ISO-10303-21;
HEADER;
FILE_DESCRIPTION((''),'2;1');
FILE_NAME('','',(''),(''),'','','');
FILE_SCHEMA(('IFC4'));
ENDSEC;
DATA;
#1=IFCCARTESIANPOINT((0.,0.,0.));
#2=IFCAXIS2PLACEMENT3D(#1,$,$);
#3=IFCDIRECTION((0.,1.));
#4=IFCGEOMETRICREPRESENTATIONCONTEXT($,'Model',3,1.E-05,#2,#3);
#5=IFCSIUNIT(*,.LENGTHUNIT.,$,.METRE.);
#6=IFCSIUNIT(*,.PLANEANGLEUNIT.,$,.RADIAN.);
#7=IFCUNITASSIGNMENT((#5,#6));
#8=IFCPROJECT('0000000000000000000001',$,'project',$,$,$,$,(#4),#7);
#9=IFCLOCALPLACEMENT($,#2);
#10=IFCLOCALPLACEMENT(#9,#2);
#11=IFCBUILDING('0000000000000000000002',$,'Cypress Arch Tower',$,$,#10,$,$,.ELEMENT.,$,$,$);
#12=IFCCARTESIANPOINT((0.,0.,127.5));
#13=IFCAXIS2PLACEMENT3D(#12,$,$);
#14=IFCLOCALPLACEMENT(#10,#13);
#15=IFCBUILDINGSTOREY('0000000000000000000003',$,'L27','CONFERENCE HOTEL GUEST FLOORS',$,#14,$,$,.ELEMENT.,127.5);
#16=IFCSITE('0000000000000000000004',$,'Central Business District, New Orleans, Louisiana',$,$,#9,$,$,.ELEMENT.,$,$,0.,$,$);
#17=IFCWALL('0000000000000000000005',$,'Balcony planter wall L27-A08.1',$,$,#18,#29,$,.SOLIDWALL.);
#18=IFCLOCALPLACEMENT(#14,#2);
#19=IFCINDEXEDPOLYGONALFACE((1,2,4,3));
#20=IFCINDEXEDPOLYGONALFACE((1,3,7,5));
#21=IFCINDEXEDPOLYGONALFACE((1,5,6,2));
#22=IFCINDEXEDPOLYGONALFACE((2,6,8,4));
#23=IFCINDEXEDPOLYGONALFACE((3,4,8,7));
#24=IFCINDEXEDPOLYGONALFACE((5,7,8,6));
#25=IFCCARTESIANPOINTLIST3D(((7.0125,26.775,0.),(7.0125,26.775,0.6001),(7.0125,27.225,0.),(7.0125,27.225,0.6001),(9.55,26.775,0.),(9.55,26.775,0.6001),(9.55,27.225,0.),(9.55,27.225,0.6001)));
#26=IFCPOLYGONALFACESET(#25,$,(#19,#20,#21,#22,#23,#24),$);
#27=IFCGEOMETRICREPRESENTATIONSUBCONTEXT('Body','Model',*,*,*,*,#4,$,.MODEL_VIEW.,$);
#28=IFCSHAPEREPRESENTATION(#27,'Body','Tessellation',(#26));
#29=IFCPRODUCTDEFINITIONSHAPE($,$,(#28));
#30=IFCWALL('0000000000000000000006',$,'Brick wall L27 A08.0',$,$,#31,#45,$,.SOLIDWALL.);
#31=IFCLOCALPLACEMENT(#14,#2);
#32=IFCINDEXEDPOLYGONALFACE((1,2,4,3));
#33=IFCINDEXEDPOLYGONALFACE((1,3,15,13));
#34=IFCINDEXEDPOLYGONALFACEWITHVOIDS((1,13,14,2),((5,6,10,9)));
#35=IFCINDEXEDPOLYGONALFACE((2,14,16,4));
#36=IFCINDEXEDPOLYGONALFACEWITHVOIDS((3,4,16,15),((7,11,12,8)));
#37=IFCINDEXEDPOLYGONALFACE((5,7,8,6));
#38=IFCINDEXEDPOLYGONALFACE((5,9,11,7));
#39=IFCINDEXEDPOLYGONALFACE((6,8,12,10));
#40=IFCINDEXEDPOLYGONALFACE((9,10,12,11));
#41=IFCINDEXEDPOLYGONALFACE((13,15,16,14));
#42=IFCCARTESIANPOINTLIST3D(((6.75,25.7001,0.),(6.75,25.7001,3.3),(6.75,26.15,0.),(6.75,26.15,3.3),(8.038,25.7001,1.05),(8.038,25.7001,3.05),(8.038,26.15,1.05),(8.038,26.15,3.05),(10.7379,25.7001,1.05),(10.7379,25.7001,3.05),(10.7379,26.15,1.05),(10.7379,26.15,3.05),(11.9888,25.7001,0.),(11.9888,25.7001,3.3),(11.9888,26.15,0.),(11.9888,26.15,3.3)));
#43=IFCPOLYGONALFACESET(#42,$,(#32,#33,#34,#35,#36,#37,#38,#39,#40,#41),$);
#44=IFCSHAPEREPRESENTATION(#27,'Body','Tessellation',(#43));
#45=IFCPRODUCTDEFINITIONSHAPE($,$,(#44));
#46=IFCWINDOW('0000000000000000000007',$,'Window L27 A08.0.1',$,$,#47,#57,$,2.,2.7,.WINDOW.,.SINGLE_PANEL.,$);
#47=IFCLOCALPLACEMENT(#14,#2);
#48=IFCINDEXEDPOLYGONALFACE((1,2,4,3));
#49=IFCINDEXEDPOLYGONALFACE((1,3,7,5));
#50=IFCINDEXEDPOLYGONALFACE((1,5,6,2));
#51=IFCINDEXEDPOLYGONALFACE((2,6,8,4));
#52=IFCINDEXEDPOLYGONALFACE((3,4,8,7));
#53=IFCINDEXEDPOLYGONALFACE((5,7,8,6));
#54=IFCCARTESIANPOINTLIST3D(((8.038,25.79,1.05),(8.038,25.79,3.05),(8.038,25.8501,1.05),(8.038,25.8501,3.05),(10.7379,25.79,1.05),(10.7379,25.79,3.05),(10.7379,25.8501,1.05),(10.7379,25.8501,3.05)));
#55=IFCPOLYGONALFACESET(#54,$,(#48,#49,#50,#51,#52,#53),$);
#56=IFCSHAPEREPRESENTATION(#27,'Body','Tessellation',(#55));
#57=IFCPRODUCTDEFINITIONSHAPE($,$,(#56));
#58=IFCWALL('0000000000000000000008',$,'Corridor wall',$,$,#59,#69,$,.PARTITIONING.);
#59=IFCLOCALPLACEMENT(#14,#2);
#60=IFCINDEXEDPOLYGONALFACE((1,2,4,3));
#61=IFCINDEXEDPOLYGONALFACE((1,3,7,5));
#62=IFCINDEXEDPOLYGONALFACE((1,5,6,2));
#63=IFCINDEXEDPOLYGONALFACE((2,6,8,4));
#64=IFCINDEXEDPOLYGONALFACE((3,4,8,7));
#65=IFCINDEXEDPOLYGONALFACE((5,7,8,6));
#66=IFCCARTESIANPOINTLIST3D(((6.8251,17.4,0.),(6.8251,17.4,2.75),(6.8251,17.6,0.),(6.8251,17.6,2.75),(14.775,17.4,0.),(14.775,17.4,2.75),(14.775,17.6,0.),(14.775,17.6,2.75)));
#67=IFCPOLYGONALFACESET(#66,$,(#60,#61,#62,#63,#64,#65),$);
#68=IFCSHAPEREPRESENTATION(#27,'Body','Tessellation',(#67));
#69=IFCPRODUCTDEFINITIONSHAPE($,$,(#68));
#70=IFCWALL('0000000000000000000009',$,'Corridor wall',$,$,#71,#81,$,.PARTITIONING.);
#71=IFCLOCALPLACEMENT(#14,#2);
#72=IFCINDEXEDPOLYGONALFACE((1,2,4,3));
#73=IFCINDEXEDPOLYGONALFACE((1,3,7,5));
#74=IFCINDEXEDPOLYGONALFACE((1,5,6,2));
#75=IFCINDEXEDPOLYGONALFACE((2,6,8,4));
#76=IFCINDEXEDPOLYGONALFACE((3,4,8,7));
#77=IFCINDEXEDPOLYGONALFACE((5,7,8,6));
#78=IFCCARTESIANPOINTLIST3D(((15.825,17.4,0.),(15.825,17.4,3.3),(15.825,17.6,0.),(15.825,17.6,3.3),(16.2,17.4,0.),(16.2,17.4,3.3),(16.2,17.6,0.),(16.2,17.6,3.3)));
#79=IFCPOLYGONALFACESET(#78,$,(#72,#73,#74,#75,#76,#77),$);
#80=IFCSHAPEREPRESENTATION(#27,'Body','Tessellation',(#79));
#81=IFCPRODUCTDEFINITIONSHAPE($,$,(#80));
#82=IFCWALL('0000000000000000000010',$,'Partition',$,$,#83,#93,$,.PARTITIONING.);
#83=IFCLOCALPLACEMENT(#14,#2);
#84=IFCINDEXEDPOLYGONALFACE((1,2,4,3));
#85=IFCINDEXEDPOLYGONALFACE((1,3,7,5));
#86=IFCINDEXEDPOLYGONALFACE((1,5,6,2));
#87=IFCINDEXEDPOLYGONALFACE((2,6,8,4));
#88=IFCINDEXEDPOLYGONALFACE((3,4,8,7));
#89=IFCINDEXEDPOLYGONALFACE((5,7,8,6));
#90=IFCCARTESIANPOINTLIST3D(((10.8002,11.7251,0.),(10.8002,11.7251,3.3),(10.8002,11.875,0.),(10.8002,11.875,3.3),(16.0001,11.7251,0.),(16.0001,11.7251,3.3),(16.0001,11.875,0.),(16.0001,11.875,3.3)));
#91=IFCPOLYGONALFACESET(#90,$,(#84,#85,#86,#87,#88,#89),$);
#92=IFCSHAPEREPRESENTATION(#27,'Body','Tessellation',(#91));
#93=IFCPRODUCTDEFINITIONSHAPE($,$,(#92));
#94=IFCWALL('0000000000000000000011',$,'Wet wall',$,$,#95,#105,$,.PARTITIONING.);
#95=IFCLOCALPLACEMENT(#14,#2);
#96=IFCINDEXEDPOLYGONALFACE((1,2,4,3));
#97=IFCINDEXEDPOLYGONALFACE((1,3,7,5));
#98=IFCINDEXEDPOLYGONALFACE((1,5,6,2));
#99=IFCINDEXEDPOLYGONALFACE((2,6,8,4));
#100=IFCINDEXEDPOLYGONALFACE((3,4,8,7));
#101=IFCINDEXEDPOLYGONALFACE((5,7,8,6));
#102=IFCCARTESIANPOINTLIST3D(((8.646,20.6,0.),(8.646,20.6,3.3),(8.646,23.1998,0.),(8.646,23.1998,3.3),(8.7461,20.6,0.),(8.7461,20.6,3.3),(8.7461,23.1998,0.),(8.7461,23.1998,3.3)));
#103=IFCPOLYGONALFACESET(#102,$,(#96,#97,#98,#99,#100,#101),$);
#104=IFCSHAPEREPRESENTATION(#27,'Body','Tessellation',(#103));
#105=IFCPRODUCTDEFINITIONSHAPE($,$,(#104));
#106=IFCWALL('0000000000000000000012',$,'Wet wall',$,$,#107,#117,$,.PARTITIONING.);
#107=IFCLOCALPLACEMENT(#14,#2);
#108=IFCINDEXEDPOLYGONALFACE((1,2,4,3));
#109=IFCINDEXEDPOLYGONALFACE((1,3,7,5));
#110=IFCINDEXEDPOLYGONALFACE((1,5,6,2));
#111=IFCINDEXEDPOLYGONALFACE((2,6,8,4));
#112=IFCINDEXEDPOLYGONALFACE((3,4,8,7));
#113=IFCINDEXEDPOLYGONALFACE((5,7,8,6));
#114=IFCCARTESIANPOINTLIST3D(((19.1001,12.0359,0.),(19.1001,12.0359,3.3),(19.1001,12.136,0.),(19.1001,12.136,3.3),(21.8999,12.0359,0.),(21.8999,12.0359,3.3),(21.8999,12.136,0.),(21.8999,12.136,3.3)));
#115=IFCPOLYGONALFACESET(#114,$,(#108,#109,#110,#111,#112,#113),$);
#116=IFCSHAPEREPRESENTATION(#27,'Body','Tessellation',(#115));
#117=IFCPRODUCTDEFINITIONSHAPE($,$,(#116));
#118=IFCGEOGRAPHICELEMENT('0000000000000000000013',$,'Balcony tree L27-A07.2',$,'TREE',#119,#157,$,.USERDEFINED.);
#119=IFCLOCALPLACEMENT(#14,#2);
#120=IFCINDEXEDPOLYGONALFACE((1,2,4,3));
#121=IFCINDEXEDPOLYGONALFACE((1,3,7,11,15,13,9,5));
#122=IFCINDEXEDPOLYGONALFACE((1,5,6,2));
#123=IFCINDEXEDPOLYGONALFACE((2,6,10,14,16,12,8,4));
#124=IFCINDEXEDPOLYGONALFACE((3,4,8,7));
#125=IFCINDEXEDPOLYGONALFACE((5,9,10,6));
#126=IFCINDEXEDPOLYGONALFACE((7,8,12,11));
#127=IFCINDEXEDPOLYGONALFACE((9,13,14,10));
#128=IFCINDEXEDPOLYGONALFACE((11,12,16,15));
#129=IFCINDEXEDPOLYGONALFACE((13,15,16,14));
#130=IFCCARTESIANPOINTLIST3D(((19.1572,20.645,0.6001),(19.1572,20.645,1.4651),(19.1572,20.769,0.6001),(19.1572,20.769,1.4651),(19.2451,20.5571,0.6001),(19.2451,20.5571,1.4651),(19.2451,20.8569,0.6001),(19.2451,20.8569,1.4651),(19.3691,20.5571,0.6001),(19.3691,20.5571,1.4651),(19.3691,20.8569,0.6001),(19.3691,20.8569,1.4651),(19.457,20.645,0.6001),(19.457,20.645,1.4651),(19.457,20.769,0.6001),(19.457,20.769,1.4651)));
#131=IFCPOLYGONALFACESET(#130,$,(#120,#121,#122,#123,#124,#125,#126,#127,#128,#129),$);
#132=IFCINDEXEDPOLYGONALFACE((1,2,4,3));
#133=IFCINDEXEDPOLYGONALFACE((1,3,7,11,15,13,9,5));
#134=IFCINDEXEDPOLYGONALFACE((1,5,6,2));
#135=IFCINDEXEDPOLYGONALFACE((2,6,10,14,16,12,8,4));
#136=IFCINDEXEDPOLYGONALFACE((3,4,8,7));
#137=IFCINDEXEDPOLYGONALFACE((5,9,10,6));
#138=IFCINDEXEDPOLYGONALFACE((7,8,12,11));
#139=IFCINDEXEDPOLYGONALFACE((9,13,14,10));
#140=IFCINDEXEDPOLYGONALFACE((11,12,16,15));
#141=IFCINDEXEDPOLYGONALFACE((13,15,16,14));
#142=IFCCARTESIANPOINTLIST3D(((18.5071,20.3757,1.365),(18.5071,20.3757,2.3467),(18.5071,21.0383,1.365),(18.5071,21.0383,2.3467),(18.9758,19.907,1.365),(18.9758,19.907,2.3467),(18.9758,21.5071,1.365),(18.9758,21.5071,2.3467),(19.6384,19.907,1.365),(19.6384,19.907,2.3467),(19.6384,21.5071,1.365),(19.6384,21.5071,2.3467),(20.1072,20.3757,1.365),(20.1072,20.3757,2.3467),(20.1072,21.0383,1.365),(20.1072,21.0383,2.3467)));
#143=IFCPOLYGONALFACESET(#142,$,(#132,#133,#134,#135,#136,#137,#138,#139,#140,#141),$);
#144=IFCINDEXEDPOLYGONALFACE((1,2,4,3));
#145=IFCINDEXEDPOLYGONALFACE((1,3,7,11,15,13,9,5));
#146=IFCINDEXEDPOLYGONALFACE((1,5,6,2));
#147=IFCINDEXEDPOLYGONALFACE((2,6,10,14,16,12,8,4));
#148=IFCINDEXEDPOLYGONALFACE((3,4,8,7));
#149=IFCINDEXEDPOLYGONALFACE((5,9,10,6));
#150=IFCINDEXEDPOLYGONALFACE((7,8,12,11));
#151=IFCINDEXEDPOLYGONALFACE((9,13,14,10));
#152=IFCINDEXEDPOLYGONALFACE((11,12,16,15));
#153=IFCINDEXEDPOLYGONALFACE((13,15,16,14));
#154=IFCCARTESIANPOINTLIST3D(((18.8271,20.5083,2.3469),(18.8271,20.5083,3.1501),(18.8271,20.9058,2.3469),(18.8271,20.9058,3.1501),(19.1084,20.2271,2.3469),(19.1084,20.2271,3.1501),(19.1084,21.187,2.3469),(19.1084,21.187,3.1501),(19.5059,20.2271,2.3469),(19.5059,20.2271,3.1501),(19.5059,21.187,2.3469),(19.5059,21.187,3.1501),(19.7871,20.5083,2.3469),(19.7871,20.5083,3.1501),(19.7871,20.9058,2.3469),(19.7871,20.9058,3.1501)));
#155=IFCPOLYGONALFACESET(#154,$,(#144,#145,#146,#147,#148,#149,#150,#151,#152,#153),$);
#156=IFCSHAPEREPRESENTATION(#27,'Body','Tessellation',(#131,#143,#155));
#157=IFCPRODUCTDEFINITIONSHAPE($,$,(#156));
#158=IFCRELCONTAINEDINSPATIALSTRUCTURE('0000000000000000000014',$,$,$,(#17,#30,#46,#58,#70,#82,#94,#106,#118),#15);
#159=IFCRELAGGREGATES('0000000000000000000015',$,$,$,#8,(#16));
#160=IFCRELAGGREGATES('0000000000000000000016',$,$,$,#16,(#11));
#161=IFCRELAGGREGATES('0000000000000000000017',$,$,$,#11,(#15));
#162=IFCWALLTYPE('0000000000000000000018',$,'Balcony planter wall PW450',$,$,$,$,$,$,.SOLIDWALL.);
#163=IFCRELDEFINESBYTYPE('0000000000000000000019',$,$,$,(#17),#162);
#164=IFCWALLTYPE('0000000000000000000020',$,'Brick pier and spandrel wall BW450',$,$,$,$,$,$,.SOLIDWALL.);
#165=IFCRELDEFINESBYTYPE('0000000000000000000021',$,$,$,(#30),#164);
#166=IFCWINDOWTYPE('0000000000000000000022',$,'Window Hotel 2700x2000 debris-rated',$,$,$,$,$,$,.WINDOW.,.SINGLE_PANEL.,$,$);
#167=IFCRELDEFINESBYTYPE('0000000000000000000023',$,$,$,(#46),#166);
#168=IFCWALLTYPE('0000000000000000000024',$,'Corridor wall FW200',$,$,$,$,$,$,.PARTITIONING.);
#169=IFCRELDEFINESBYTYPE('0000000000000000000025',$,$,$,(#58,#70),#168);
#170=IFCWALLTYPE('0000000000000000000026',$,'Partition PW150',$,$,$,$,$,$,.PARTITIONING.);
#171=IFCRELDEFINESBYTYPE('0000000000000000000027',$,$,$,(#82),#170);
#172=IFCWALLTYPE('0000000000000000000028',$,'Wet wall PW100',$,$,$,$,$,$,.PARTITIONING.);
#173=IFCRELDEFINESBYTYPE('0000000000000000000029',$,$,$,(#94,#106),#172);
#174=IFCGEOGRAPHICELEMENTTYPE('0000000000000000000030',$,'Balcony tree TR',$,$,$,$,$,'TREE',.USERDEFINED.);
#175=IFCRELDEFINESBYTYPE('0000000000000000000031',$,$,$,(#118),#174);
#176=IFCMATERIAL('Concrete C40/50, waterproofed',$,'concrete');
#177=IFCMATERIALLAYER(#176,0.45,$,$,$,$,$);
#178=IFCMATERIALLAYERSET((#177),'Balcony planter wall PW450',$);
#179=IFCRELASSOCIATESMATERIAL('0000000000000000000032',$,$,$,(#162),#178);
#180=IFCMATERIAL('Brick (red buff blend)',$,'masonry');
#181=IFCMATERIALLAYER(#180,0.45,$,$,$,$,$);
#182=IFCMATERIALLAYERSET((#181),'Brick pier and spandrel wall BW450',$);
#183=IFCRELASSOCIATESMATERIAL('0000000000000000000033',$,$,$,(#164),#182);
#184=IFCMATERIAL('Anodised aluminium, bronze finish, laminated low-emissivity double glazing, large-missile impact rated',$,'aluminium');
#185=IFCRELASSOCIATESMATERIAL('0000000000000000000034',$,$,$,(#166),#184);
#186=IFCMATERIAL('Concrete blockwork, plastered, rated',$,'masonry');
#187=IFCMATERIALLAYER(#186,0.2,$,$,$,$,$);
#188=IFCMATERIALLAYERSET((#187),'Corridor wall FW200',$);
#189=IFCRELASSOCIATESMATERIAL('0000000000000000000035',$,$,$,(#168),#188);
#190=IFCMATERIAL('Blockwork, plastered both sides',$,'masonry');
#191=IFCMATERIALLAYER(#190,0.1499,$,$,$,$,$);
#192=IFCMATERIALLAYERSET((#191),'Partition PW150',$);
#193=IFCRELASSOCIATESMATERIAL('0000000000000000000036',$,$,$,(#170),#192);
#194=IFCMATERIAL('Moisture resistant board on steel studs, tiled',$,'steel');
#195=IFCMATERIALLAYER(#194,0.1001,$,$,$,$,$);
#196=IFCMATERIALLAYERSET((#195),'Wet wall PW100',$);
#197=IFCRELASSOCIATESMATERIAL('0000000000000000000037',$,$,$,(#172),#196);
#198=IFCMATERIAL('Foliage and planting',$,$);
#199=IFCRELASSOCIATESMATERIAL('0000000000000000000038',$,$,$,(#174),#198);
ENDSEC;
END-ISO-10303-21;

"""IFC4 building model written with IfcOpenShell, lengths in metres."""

from ifc_helpers import new_model, si_unit, direction, frame, frame_2d, origin, place, context, subcontext, project, spatial, polyline, rectangle, outline, extrude, material, layer, layer_set, type_object, element, fill, save


model = new_model("IFC4")

# Units and contexts
model_context = context("Model", 3, precision=1e-05, world=origin(), true_north=direction((0.0, 1.0)))
body_context = subcontext(model_context, "Body", "Model", "MODEL_VIEW")
ifc_project = project(units=[si_unit("LENGTHUNIT", "METRE"), si_unit("PLANEANGLEUNIT", "RADIAN")], contexts=[model_context])

# Site, building, storey
site_placement = place(None, origin())
site = spatial("IfcSite", under=ifc_project, at=site_placement, Name="Central Business District, New Orleans, Louisiana", CompositionType="ELEMENT", RefElevation=0.0)
building_placement = place(site_placement, origin())
building = spatial("IfcBuilding", under=site, at=building_placement, Name="Cypress Arch Tower", CompositionType="ELEMENT")
storey_placement = place(building_placement, frame((0.0, 0.0, 127.5)))
storey = spatial("IfcBuildingStorey", under=building, at=storey_placement, Name="L27", Description="CONFERENCE HOTEL GUEST FLOORS", CompositionType="ELEMENT", Elevation=127.5)

# Wall
ifc_material_1 = material(Name="Concrete C40/50, waterproofed", Category="concrete")
ifc_layer_1 = layer(ifc_material_1, 0.45)
ifc_layer_set_1 = layer_set([ifc_layer_1], Name="Balcony planter wall PW450")
wall_type_1 = type_object("IfcWallType", Name="Balcony planter wall PW450", PredefinedType="SOLIDWALL", material=ifc_layer_set_1)
wall_1_placement = place(storey_placement, frame((9.55, 27.0, 0.0), z_axis=(0.0, 0.0, 1.0), x_axis=(-1.0, 0.0, 0.0)))
element("IfcWall", 1, at=wall_1_placement, inside=storey, type_object=wall_type_1, Name="Balcony planter wall L27-A08.1", PredefinedType="SOLIDWALL", context=body_context, shape_type="SweptSolid", body=[
    extrude(rectangle(XDim=2.5376, YDim=0.45, at=frame_2d((1.2688, 0.0))), origin(), (0.0, 0.0, 1.0), 0.6001),
])

# Shared definitions
ifc_material_2 = material(Name="Brick (red buff blend)", Category="masonry")
ifc_layer_2 = layer(ifc_material_2, 0.45)
ifc_layer_set_2 = layer_set([ifc_layer_2], Name="Brick pier and spandrel wall BW450")
wall_type_2 = type_object("IfcWallType", Name="Brick pier and spandrel wall BW450", PredefinedType="SOLIDWALL", material=ifc_layer_set_2)
ifc_material_3 = material(Name="Anodised aluminium, bronze finish, laminated low-emissivity double glazing, large-missile impact rated", Category="aluminium")
window_type = type_object("IfcWindowType", Name="Window Hotel 2700x2000 debris-rated", PartitioningType="SINGLE_PANEL", PredefinedType="WINDOW", material=ifc_material_3)

# Wall, opening, window
wall_2_placement = place(storey_placement, frame((11.9888, 25.925, 0.0), z_axis=(0.0, 0.0, 1.0), x_axis=(-1.0, 0.0, 0.0)))
wall_2 = element("IfcWall", 2, at=wall_2_placement, inside=storey, type_object=wall_type_2, Name="Brick wall L27 A08.0", PredefinedType="SOLIDWALL", context=body_context, shape_type="SweptSolid", body=[
    extrude(rectangle(XDim=5.2388, YDim=0.45, at=frame_2d((2.6194, 0.0))), origin(), (0.0, 0.0, 1.0), 3.3),
])
opening_1_placement = place(wall_2_placement, frame((1.2507, 0.0, 1.05)))
opening_1 = element("IfcOpeningElement", 3, at=opening_1_placement, cuts=wall_2, PredefinedType="OPENING", context=body_context, shape_type="SweptSolid", body=[
    extrude(rectangle(XDim=2.7, YDim=2.0, at=frame_2d((1.3501, 1.0))), frame((0.0, 0.2349, 0.0), z_axis=(0.0, -1.0, 0.0), x_axis=(1.0, 0.0, 0.0)), (0.0, 0.0, 1.0), 0.47),
])
window_1_placement = place(opening_1_placement, origin())
window_1 = element("IfcWindow", 4, at=window_1_placement, inside=storey, type_object=window_type, Name="Window L27 A08.0.1", OverallHeight=2.0, OverallWidth=2.7, PartitioningType="SINGLE_PANEL", PredefinedType="WINDOW", context=body_context, shape_type="SweptSolid", body=[
    extrude(rectangle(XDim=2.7, YDim=2.0, at=frame_2d((1.3501, 1.0))), frame((0.0, 0.135, 0.0), z_axis=(0.0, -1.0, 0.0), x_axis=(1.0, 0.0, 0.0)), (0.0, 0.0, 1.0), 0.0601),
])
fill(opening_1, window_1)

# Walls
ifc_material_4 = material(Name="Concrete blockwork, plastered, rated", Category="masonry")
ifc_layer_3 = layer(ifc_material_4, 0.2)
ifc_layer_set_3 = layer_set([ifc_layer_3], Name="Corridor wall FW200")
wall_type_3 = type_object("IfcWallType", Name="Corridor wall FW200", PredefinedType="PARTITIONING", material=ifc_layer_set_3)
wall_3_placement = place(storey_placement, frame((6.825, 17.5, 0.0), z_axis=(0.0, 0.0, 1.0), x_axis=(1.0, 0.0, 0.0)))
element("IfcWall", 5, at=wall_3_placement, inside=storey, type_object=wall_type_3, Name="Corridor wall", PredefinedType="PARTITIONING", context=body_context, shape_type="SweptSolid", body=[
    extrude(rectangle(XDim=7.95, YDim=0.2, at=frame_2d((3.9751, 0.0))), origin(), (0.0, 0.0, 1.0), 2.75),
])
wall_4_placement = place(storey_placement, frame((15.825, 17.5, 0.0), z_axis=(0.0, 0.0, 1.0), x_axis=(1.0, 0.0, 0.0)))
element("IfcWall", 6, at=wall_4_placement, inside=storey, type_object=wall_type_3, Name="Corridor wall", PredefinedType="PARTITIONING", context=body_context, shape_type="SweptSolid", body=[
    extrude(rectangle(XDim=0.375, YDim=0.2, at=frame_2d((0.1875, 0.0))), origin(), (0.0, 0.0, 1.0), 3.3),
])
ifc_material_5 = material(Name="Blockwork, plastered both sides", Category="masonry")
ifc_layer_4 = layer(ifc_material_5, 0.1499)
ifc_layer_set_4 = layer_set([ifc_layer_4], Name="Partition PW150")
wall_type_4 = type_object("IfcWallType", Name="Partition PW150", PredefinedType="PARTITIONING", material=ifc_layer_set_4)
wall_5_placement = place(storey_placement, frame((10.8, 11.8, 0.0), z_axis=(0.0, 0.0, 1.0), x_axis=(1.0, 0.0, 0.0)))
element("IfcWall", 7, at=wall_5_placement, inside=storey, type_object=wall_type_4, Name="Partition", PredefinedType="PARTITIONING", context=body_context, shape_type="SweptSolid", body=[
    extrude(rectangle(XDim=5.2, YDim=0.1499, at=frame_2d((2.6001, 0.0))), origin(), (0.0, 0.0, 1.0), 3.3),
])
ifc_material_6 = material(Name="Moisture resistant board on steel studs, tiled", Category="steel")
ifc_layer_5 = layer(ifc_material_6, 0.1001)
ifc_layer_set_5 = layer_set([ifc_layer_5], Name="Wet wall PW100")
wall_type_5 = type_object("IfcWallType", Name="Wet wall PW100", PredefinedType="PARTITIONING", material=ifc_layer_set_5)
wall_6_placement = place(storey_placement, frame((8.696, 20.6001, 0.0), z_axis=(0.0, 0.0, 1.0), x_axis=(0.0, 1.0, 0.0)))
element("IfcWall", 8, at=wall_6_placement, inside=storey, type_object=wall_type_5, Name="Wet wall", PredefinedType="PARTITIONING", context=body_context, shape_type="SweptSolid", body=[
    extrude(rectangle(XDim=2.5999, YDim=0.1001, at=frame_2d((1.2998, 0.0))), origin(), (0.0, 0.0, 1.0), 3.3),
])
wall_7_placement = place(storey_placement, frame((19.1001, 12.0859, 0.0), z_axis=(0.0, 0.0, 1.0), x_axis=(1.0, 0.0, 0.0)))
element("IfcWall", 9, at=wall_7_placement, inside=storey, type_object=wall_type_5, Name="Wet wall", PredefinedType="PARTITIONING", context=body_context, shape_type="SweptSolid", body=[
    extrude(rectangle(XDim=2.7998, YDim=0.1001, at=frame_2d((1.3999, 0.0))), origin(), (0.0, 0.0, 1.0), 3.3),
])

# Geographic element
ifc_material_7 = material(Name="Foliage and planting")
geographic_element_type = type_object("IfcGeographicElementType", Name="Balcony tree TR", ElementType="TREE", PredefinedType="USERDEFINED", material=ifc_material_7)
for number, where, z_axis, x_axis, name in (
    (10, (19.3071, 20.707, 0.6001), (0.0, 0.0, 1.0), (1.0, 0.0, 0.0), "Balcony tree L27-A07.2"),
):
    element("IfcGeographicElement", number, at=place(storey_placement, frame(where, z_axis=z_axis, x_axis=x_axis)), inside=storey, type_object=geographic_element_type, Name=name, ObjectType="TREE", PredefinedType="USERDEFINED", context=body_context, shape_type="SweptSolid", body=[
        extrude(outline(polyline([(0.1499, 0.062), (0.062, 0.1499), (-0.062, 0.1499), (-0.1499, 0.062), (-0.1499, -0.062), (-0.062, -0.1499), (0.062, -0.1499), (0.1499, -0.062), (0.1499, 0.062)])), origin(), (0.0, 0.0, 1.0), 0.865),
        extrude(outline(polyline([(0.8, 0.3313), (0.3313, 0.8), (-0.3313, 0.8), (-0.8, 0.3313), (-0.8, -0.3313), (-0.3313, -0.8), (0.3313, -0.8), (0.8, -0.3313), (0.8, 0.3313)])), frame((0.0, 0.0, 0.7649)), (0.0, 0.0, 1.0), 0.9817),
        extrude(outline(polyline([(0.48, 0.1987), (0.1987, 0.48), (-0.1987, 0.48), (-0.48, 0.1987), (-0.48, -0.1987), (-0.1987, -0.48), (0.1987, -0.48), (0.48, -0.1987), (0.48, 0.1987)])), frame((0.0, 0.0, 1.7468)), (0.0, 0.0, 1.0), 0.8032),
    ])

save(model, "model.ifc")
